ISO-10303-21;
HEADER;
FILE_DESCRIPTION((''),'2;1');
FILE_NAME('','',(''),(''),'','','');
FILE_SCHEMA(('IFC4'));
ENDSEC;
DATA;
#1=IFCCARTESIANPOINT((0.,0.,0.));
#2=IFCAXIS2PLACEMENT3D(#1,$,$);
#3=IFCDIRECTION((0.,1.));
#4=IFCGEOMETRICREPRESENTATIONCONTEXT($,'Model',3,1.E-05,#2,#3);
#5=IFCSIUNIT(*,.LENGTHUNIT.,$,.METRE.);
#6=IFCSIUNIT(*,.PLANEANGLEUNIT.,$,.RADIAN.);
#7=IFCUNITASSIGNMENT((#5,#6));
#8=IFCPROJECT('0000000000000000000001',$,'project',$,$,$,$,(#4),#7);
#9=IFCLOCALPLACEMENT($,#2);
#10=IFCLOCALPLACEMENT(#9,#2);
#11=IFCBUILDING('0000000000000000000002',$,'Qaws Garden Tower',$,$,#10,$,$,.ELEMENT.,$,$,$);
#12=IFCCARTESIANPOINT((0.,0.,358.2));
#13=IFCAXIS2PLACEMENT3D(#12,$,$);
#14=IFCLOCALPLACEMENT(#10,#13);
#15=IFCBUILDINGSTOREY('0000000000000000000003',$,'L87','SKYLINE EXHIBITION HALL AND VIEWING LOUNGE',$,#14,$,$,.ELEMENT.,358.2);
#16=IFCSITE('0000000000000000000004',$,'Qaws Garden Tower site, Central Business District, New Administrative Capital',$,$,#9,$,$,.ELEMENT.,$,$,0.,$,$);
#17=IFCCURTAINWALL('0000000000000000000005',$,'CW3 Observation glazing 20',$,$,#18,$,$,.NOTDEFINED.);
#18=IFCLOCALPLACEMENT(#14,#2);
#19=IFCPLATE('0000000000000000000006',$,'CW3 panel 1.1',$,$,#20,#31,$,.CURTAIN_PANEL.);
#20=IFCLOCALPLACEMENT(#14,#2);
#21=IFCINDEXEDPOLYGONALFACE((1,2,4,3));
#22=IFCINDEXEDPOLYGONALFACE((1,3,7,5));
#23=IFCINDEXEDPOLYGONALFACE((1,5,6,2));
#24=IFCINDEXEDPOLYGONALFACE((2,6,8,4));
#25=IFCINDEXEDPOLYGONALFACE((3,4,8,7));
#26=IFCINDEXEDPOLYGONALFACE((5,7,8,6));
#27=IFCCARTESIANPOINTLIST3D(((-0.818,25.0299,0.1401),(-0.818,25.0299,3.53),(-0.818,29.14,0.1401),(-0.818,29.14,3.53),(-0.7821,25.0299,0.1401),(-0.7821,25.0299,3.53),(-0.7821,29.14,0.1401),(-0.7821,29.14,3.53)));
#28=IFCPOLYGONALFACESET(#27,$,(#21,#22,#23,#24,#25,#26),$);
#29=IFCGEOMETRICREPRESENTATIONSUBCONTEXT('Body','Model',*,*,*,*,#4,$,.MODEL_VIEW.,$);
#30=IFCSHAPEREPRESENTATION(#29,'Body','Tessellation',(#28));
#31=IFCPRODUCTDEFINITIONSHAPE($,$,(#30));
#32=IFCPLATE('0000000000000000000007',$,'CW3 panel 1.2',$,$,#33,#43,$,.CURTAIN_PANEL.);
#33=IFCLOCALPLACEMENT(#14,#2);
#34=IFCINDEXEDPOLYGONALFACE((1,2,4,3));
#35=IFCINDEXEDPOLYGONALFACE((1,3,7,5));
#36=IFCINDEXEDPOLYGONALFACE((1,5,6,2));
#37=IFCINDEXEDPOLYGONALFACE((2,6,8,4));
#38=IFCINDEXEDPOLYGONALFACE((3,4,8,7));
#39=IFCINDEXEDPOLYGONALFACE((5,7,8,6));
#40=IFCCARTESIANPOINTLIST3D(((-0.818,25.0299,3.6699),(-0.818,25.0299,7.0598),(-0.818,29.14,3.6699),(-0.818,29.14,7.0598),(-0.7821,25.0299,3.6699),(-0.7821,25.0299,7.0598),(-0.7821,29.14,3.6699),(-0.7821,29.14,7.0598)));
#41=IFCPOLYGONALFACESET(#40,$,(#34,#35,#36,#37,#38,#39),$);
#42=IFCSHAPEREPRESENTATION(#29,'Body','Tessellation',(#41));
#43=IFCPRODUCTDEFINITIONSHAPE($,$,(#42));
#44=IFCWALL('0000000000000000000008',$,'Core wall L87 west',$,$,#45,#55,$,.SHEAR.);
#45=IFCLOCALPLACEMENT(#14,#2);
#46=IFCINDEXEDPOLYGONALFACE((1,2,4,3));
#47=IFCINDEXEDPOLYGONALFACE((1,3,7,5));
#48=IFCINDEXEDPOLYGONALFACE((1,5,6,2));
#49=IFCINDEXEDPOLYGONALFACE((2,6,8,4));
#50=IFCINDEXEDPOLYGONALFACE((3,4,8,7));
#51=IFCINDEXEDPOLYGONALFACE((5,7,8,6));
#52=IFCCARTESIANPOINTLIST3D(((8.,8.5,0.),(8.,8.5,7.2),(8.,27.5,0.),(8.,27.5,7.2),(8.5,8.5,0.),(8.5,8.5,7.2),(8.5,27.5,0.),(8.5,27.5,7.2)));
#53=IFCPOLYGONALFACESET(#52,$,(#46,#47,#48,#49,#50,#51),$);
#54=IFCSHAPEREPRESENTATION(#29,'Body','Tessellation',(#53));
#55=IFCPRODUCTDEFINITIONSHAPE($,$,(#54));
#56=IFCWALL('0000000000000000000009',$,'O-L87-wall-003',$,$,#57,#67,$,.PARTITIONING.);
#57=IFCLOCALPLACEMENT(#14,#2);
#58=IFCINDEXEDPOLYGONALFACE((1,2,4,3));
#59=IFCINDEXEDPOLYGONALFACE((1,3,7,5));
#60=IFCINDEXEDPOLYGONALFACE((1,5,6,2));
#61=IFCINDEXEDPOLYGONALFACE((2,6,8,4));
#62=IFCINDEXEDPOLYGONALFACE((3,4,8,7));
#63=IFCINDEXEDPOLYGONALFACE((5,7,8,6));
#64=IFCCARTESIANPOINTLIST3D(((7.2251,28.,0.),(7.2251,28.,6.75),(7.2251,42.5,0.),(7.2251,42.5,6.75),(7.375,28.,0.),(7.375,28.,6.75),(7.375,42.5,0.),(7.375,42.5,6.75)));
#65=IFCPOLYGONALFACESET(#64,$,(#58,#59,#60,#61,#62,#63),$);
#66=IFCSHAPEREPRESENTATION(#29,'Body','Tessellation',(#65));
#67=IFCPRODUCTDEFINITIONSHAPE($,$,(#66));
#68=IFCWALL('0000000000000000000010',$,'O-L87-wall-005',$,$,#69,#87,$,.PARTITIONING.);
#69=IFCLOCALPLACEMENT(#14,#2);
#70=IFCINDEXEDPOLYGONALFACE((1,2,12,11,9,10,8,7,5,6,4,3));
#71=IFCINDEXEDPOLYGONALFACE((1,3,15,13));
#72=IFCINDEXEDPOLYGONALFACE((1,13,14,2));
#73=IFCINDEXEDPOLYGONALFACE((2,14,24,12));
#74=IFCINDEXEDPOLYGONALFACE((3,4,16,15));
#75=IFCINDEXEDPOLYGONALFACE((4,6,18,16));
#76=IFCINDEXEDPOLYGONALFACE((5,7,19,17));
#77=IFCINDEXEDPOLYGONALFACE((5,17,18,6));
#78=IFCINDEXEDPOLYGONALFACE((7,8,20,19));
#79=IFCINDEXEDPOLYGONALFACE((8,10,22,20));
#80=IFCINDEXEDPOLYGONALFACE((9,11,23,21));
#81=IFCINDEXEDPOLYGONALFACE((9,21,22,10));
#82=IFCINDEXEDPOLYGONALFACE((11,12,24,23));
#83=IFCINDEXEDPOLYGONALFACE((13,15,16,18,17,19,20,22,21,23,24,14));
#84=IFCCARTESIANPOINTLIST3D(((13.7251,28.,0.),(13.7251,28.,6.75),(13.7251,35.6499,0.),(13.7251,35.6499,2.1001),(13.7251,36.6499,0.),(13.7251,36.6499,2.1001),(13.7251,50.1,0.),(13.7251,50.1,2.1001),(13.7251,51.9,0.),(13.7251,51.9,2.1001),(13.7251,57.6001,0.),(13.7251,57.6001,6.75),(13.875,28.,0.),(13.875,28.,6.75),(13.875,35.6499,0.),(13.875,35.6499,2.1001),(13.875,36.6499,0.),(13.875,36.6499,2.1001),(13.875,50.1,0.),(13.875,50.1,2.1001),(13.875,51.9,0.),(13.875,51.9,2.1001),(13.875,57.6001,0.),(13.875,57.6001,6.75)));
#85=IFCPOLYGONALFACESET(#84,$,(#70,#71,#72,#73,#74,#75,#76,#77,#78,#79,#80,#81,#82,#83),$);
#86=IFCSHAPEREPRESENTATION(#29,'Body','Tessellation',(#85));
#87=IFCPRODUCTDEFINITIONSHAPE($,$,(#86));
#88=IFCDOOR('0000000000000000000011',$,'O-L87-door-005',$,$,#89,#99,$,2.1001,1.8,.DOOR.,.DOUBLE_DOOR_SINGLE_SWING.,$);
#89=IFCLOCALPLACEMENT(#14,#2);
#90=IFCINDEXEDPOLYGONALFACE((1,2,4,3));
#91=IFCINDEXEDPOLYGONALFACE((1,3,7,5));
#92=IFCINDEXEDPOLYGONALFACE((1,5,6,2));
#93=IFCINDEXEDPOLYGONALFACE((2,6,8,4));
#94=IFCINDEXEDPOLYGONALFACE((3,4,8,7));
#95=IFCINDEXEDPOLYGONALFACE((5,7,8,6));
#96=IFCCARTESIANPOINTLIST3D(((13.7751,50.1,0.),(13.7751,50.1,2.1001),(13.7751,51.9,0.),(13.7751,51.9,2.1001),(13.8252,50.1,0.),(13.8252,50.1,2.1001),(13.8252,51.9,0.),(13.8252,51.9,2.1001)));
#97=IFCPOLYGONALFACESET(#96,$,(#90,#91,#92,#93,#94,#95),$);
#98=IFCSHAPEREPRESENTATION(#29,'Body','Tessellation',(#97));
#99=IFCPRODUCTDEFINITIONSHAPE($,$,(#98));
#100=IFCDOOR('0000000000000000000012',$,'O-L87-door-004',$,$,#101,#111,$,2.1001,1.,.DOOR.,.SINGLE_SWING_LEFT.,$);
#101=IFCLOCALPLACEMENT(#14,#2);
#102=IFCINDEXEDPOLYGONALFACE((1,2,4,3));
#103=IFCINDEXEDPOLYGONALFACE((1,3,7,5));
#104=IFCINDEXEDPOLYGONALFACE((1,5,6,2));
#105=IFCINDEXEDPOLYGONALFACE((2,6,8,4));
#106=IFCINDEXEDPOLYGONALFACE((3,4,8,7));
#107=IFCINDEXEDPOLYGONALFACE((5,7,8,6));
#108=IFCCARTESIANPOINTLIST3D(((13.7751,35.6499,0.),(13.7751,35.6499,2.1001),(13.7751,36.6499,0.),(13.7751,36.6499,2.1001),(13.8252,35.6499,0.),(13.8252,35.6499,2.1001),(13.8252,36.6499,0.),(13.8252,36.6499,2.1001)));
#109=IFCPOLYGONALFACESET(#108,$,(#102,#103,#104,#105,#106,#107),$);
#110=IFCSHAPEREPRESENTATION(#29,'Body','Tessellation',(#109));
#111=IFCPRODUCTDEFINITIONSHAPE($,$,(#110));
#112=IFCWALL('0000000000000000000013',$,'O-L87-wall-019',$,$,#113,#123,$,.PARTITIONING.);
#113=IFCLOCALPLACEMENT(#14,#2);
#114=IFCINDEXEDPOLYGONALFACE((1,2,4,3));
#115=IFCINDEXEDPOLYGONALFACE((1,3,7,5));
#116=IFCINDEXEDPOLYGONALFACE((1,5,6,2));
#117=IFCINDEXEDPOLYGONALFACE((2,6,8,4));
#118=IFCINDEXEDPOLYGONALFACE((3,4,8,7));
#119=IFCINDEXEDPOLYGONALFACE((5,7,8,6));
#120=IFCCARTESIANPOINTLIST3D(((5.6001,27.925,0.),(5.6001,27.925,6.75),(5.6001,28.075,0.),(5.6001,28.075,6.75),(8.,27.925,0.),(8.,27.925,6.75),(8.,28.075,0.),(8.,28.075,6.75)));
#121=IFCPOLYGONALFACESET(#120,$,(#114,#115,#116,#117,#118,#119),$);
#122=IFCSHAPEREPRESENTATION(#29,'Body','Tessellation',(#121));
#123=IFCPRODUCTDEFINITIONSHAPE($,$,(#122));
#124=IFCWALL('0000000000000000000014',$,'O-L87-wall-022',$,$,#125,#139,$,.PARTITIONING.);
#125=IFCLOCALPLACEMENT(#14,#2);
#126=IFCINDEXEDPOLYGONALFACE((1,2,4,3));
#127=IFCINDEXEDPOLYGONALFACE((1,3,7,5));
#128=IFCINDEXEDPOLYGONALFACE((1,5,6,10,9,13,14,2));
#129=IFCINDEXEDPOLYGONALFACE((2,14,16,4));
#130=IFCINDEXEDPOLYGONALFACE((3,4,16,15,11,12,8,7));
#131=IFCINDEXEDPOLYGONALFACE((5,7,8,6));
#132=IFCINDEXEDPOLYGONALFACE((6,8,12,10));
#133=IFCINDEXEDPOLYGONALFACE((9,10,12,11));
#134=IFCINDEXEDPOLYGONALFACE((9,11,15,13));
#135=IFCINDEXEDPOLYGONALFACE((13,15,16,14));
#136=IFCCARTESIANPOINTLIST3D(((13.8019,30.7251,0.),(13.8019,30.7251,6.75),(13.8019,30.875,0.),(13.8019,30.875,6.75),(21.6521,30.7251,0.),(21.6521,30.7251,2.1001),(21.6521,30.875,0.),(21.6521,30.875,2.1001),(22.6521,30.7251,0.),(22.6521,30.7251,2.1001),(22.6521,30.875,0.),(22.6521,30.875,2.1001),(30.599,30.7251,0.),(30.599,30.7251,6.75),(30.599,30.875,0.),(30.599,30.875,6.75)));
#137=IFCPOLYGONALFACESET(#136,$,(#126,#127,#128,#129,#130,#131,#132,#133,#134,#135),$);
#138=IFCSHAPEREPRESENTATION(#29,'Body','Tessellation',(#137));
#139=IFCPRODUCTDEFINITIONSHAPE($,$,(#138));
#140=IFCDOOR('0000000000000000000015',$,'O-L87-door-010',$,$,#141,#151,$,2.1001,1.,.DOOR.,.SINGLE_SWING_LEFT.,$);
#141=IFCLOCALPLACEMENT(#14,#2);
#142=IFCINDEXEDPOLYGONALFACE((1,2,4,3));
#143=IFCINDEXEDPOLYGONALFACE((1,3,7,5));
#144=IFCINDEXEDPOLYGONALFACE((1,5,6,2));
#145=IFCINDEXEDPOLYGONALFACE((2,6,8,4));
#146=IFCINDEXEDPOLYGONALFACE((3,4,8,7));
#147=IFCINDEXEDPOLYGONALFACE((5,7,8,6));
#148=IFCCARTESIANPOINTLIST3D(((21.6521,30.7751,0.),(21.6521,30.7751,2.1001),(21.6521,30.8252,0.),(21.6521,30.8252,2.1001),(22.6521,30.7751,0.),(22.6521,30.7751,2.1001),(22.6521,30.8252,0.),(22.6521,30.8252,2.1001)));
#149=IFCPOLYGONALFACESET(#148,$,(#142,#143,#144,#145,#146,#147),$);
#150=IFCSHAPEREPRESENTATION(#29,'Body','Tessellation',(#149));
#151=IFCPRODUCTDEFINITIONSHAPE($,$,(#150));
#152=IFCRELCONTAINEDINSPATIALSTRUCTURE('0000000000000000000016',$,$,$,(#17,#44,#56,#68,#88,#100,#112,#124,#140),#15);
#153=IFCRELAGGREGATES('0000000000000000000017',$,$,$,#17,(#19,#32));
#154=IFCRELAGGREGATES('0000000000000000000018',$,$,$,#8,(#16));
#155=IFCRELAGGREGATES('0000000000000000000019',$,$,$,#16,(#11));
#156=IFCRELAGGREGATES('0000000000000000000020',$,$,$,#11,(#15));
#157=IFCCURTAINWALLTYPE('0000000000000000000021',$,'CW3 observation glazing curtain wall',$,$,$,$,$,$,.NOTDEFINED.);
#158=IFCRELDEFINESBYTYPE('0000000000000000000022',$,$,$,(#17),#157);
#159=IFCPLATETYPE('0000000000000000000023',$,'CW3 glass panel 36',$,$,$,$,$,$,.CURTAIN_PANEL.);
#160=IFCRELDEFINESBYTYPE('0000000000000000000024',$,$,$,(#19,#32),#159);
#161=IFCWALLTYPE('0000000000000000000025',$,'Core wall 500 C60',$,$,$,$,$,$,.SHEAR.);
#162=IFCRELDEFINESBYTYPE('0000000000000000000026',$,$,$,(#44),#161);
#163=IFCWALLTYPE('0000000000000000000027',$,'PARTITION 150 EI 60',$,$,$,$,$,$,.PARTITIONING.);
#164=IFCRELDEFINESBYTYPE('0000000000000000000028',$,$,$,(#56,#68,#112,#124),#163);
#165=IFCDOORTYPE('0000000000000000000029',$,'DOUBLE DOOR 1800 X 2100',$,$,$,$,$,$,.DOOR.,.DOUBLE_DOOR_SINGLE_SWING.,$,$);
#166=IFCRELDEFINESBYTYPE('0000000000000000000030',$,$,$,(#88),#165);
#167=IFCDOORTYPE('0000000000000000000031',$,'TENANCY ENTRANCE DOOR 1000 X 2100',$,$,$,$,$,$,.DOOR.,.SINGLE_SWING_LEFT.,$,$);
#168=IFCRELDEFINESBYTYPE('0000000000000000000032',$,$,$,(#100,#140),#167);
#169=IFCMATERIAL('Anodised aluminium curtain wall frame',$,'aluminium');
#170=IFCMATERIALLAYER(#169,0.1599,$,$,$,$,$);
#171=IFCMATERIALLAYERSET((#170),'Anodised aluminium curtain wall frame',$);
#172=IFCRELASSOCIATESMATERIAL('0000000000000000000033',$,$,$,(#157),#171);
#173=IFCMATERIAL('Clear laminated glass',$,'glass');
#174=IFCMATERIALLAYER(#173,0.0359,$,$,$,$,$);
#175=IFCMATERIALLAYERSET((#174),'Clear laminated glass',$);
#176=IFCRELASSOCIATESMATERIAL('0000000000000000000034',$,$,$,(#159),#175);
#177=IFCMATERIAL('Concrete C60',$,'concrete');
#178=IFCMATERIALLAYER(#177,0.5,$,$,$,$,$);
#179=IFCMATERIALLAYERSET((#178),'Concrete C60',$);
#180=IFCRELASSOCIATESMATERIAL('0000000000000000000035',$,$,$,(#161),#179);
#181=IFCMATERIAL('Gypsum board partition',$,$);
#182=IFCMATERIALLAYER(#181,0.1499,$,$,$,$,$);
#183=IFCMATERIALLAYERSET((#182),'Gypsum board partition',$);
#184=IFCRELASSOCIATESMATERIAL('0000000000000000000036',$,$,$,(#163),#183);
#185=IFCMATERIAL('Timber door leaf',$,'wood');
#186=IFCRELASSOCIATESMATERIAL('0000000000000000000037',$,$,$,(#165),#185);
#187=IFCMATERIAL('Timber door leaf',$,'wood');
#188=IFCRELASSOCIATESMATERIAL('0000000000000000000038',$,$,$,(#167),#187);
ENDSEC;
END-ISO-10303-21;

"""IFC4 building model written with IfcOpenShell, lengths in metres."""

from ifc_helpers import new_model, si_unit, direction, frame, frame_2d, origin, origin_2d, place, context, subcontext, project, spatial, rectangle, extrude, material, layer, layer_set, type_object, element, fill, aggregate, save


model = new_model("IFC4")

# Units and contexts
model_context = context("Model", 3, precision=1e-05, world=origin(), true_north=direction((0.0, 1.0)))
body_context = subcontext(model_context, "Body", "Model", "MODEL_VIEW")
ifc_project = project(units=[si_unit("LENGTHUNIT", "METRE"), si_unit("PLANEANGLEUNIT", "RADIAN")], contexts=[model_context])

# Site, building, storey
site_placement = place(None, origin())
site = spatial("IfcSite", under=ifc_project, at=site_placement, Name="Qaws Garden Tower site, Central Business District, New Administrative Capital", CompositionType="ELEMENT", RefElevation=0.0)
building_placement = place(site_placement, origin())
building = spatial("IfcBuilding", under=site, at=building_placement, Name="Qaws Garden Tower", CompositionType="ELEMENT")
storey_placement = place(building_placement, frame((0.0, 0.0, 358.2)))
storey = spatial("IfcBuildingStorey", under=building, at=storey_placement, Name="L87", Description="SKYLINE EXHIBITION HALL AND VIEWING LOUNGE", CompositionType="ELEMENT", Elevation=358.2)

# Shared definitions
ifc_material_1 = material(Name="Anodised aluminium curtain wall frame", Category="aluminium")
ifc_layer_1 = layer(ifc_material_1, 0.1599)
ifc_layer_set_1 = layer_set([ifc_layer_1], Name="Anodised aluminium curtain wall frame")
curtain_wall_type = type_object("IfcCurtainWallType", Name="CW3 observation glazing curtain wall", PredefinedType="NOTDEFINED", material=ifc_layer_set_1)
placement = place(storey_placement, origin())

# Curtain wall
curtain_wall_1 = element("IfcCurtainWall", 1, at=placement, inside=storey, type_object=curtain_wall_type, Name="CW3 Observation glazing 20", PredefinedType="NOTDEFINED")

# Plates
ifc_material_2 = material(Name="Clear laminated glass", Category="glass")
ifc_layer_2 = layer(ifc_material_2, 0.0359)
ifc_layer_set_2 = layer_set([ifc_layer_2], Name="Clear laminated glass")
plate_type = type_object("IfcPlateType", Name="CW3 glass panel 36", PredefinedType="CURTAIN_PANEL", material=ifc_layer_set_2)
plate_1_placement = place(storey_placement, frame((-0.8, 27.085, 0.1401), z_axis=(0.0, 0.0, 1.0), x_axis=(0.0, -1.0, 0.0)))
plate_1 = element("IfcPlate", 2, at=plate_1_placement, type_object=plate_type, Name="CW3 panel 1.1", PredefinedType="CURTAIN_PANEL", context=body_context, shape_type="SweptSolid", body=[
    extrude(rectangle(XDim=4.1101, YDim=0.0359, at=origin_2d()), origin(), (0.0, 0.0, 1.0), 3.3899),
])
plate_2_placement = place(storey_placement, frame((-0.8, 27.085, 3.6699), z_axis=(0.0, 0.0, 1.0), x_axis=(0.0, -1.0, 0.0)))
plate_2 = element("IfcPlate", 3, at=plate_2_placement, type_object=plate_type, Name="CW3 panel 1.2", PredefinedType="CURTAIN_PANEL", context=body_context, shape_type="SweptSolid", body=[
    extrude(rectangle(XDim=4.1101, YDim=0.0359, at=origin_2d()), origin(), (0.0, 0.0, 1.0), 3.3899),
])
aggregate(curtain_wall_1, [plate_1, plate_2])

# Walls
ifc_material_3 = material(Name="Concrete C60", Category="concrete")
ifc_layer_3 = layer(ifc_material_3, 0.5)
ifc_layer_set_3 = layer_set([ifc_layer_3], Name="Concrete C60")
wall_type_1 = type_object("IfcWallType", Name="Core wall 500 C60", PredefinedType="SHEAR", material=ifc_layer_set_3)
wall_1_placement = place(storey_placement, frame((8.25, 27.5, 0.0), z_axis=(0.0, 0.0, 1.0), x_axis=(0.0, -1.0, 0.0)))
element("IfcWall", 4, at=wall_1_placement, inside=storey, type_object=wall_type_1, Name="Core wall L87 west", PredefinedType="SHEAR", context=body_context, shape_type="SweptSolid", body=[
    extrude(rectangle(XDim=19.0, YDim=0.5, at=frame_2d((9.5, 0.0))), origin(), (0.0, 0.0, 1.0), 7.2),
])
ifc_material_4 = material(Name="Gypsum board partition")
ifc_layer_4 = layer(ifc_material_4, 0.1499)
ifc_layer_set_4 = layer_set([ifc_layer_4], Name="Gypsum board partition")
wall_type_2 = type_object("IfcWallType", Name="PARTITION 150 EI 60", PredefinedType="PARTITIONING", material=ifc_layer_set_4)
wall_2_placement = place(storey_placement, frame((7.3, 28.0, 0.0), z_axis=(0.0, 0.0, 1.0), x_axis=(0.0, 1.0, 0.0)))
element("IfcWall", 5, at=wall_2_placement, inside=storey, type_object=wall_type_2, Name="O-L87-wall-003", PredefinedType="PARTITIONING", context=body_context, shape_type="SweptSolid", body=[
    extrude(rectangle(XDim=14.5, YDim=0.1499, at=frame_2d((7.25, 0.0))), origin(), (0.0, 0.0, 1.0), 6.75),
])

# Wall, openings, doors
wall_3_placement = place(storey_placement, frame((13.8, 28.0, 0.0), z_axis=(0.0, 0.0, 1.0), x_axis=(0.0, 1.0, 0.0)))
wall_3 = element("IfcWall", 6, at=wall_3_placement, inside=storey, type_object=wall_type_2, Name="O-L87-wall-005", PredefinedType="PARTITIONING", context=body_context, shape_type="SweptSolid", body=[
    extrude(rectangle(XDim=29.6001, YDim=0.1499, at=frame_2d((14.8, 0.0))), origin(), (0.0, 0.0, 1.0), 6.75),
])
opening_1_placement = place(wall_3_placement, frame((7.6499, 0.0, 0.0)))
opening_1 = element("IfcOpeningElement", 7, at=opening_1_placement, cuts=wall_3, PredefinedType="OPENING", context=body_context, shape_type="SweptSolid", body=[
    extrude(rectangle(XDim=1.0, YDim=2.1001, at=frame_2d((0.5, 1.05))), frame((0.0, 0.085, 0.0), z_axis=(0.0, -1.0, 0.0), x_axis=(1.0, 0.0, 0.0)), (0.0, 0.0, 1.0), 0.1699),
])
opening_2_placement = place(wall_3_placement, frame((22.1001, 0.0, 0.0)))
opening_2 = element("IfcOpeningElement", 8, at=opening_2_placement, cuts=wall_3, PredefinedType="OPENING", context=body_context, shape_type="SweptSolid", body=[
    extrude(rectangle(XDim=1.8, YDim=2.1001, at=frame_2d((0.8999, 1.05))), frame((0.0, 0.085, 0.0), z_axis=(0.0, -1.0, 0.0), x_axis=(1.0, 0.0, 0.0)), (0.0, 0.0, 1.0), 0.1699),
])
ifc_material_5 = material(Name="Timber door leaf", Category="wood")
door_type_1 = type_object("IfcDoorType", Name="DOUBLE DOOR 1800 X 2100", OperationType="DOUBLE_DOOR_SINGLE_SWING", PredefinedType="DOOR", material=ifc_material_5)
door_1_placement = place(opening_2_placement, origin())
door_1 = element("IfcDoor", 9, at=door_1_placement, inside=storey, type_object=door_type_1, Name="O-L87-door-005", OperationType="DOUBLE_DOOR_SINGLE_SWING", OverallHeight=2.1001, OverallWidth=1.8, PredefinedType="DOOR", context=body_context, shape_type="SweptSolid", body=[
    extrude(rectangle(XDim=1.8, YDim=2.1001, at=frame_2d((0.8999, 1.05))), frame((0.0, 0.0249, 0.0), z_axis=(0.0, -1.0, 0.0), x_axis=(1.0, 0.0, 0.0)), (0.0, 0.0, 1.0), 0.05),
])
fill(opening_2, door_1)
ifc_material_6 = material(Name="Timber door leaf", Category="wood")
door_type_2 = type_object("IfcDoorType", Name="TENANCY ENTRANCE DOOR 1000 X 2100", OperationType="SINGLE_SWING_LEFT", PredefinedType="DOOR", material=ifc_material_6)
door_2_placement = place(opening_1_placement, origin())
door_2 = element("IfcDoor", 10, at=door_2_placement, inside=storey, type_object=door_type_2, Name="O-L87-door-004", OperationType="SINGLE_SWING_LEFT", OverallHeight=2.1001, OverallWidth=1.0, PredefinedType="DOOR", context=body_context, shape_type="SweptSolid", body=[
    extrude(rectangle(XDim=1.0, YDim=2.1001, at=frame_2d((0.5, 1.05))), frame((0.0, 0.0249, 0.0), z_axis=(0.0, -1.0, 0.0), x_axis=(1.0, 0.0, 0.0)), (0.0, 0.0, 1.0), 0.05),
])
fill(opening_1, door_2)

# Wall
wall_4_placement = place(storey_placement, frame((5.6001, 28.0, 0.0), z_axis=(0.0, 0.0, 1.0), x_axis=(1.0, 0.0, 0.0)))
element("IfcWall", 11, at=wall_4_placement, inside=storey, type_object=wall_type_2, Name="O-L87-wall-019", PredefinedType="PARTITIONING", context=body_context, shape_type="SweptSolid", body=[
    extrude(rectangle(XDim=2.3999, YDim=0.1499, at=frame_2d((1.2, 0.0))), origin(), (0.0, 0.0, 1.0), 6.75),
])

# Wall, opening, door
wall_5_placement = place(storey_placement, frame((13.802, 30.8, 0.0), z_axis=(0.0, 0.0, 1.0), x_axis=(1.0, 0.0, 0.0)))
wall_5 = element("IfcWall", 12, at=wall_5_placement, inside=storey, type_object=wall_type_2, Name="O-L87-wall-022", PredefinedType="PARTITIONING", context=body_context, shape_type="SweptSolid", body=[
    extrude(rectangle(XDim=16.7971, YDim=0.1499, at=frame_2d((8.3984, 0.0))), origin(), (0.0, 0.0, 1.0), 6.75),
])
opening_3_placement = place(wall_5_placement, frame((7.8501, 0.0, 0.0)))
opening_3 = element("IfcOpeningElement", 13, at=opening_3_placement, cuts=wall_5, PredefinedType="OPENING", context=body_context, shape_type="SweptSolid", body=[
    extrude(rectangle(XDim=1.0, YDim=2.1001, at=frame_2d((0.5, 1.05))), frame((0.0, 0.085, 0.0), z_axis=(0.0, -1.0, 0.0), x_axis=(1.0, 0.0, 0.0)), (0.0, 0.0, 1.0), 0.1699),
])
door_3_placement = place(opening_3_placement, frame((1.0, 0.0, 0.0), z_axis=(0.0, 0.0, 1.0), x_axis=(-1.0, 0.0, 0.0)))
door_3 = element("IfcDoor", 14, at=door_3_placement, inside=storey, type_object=door_type_2, Name="O-L87-door-010", OperationType="SINGLE_SWING_LEFT", OverallHeight=2.1001, OverallWidth=1.0, PredefinedType="DOOR", context=body_context, shape_type="SweptSolid", body=[
    extrude(rectangle(XDim=1.0, YDim=2.1001, at=frame_2d((0.5, 1.05))), frame((0.0, 0.0249, 0.0), z_axis=(0.0, -1.0, 0.0), x_axis=(1.0, 0.0, 0.0)), (0.0, 0.0, 1.0), 0.05),
])
fill(opening_3, door_3)

save(model, "model.ifc")
